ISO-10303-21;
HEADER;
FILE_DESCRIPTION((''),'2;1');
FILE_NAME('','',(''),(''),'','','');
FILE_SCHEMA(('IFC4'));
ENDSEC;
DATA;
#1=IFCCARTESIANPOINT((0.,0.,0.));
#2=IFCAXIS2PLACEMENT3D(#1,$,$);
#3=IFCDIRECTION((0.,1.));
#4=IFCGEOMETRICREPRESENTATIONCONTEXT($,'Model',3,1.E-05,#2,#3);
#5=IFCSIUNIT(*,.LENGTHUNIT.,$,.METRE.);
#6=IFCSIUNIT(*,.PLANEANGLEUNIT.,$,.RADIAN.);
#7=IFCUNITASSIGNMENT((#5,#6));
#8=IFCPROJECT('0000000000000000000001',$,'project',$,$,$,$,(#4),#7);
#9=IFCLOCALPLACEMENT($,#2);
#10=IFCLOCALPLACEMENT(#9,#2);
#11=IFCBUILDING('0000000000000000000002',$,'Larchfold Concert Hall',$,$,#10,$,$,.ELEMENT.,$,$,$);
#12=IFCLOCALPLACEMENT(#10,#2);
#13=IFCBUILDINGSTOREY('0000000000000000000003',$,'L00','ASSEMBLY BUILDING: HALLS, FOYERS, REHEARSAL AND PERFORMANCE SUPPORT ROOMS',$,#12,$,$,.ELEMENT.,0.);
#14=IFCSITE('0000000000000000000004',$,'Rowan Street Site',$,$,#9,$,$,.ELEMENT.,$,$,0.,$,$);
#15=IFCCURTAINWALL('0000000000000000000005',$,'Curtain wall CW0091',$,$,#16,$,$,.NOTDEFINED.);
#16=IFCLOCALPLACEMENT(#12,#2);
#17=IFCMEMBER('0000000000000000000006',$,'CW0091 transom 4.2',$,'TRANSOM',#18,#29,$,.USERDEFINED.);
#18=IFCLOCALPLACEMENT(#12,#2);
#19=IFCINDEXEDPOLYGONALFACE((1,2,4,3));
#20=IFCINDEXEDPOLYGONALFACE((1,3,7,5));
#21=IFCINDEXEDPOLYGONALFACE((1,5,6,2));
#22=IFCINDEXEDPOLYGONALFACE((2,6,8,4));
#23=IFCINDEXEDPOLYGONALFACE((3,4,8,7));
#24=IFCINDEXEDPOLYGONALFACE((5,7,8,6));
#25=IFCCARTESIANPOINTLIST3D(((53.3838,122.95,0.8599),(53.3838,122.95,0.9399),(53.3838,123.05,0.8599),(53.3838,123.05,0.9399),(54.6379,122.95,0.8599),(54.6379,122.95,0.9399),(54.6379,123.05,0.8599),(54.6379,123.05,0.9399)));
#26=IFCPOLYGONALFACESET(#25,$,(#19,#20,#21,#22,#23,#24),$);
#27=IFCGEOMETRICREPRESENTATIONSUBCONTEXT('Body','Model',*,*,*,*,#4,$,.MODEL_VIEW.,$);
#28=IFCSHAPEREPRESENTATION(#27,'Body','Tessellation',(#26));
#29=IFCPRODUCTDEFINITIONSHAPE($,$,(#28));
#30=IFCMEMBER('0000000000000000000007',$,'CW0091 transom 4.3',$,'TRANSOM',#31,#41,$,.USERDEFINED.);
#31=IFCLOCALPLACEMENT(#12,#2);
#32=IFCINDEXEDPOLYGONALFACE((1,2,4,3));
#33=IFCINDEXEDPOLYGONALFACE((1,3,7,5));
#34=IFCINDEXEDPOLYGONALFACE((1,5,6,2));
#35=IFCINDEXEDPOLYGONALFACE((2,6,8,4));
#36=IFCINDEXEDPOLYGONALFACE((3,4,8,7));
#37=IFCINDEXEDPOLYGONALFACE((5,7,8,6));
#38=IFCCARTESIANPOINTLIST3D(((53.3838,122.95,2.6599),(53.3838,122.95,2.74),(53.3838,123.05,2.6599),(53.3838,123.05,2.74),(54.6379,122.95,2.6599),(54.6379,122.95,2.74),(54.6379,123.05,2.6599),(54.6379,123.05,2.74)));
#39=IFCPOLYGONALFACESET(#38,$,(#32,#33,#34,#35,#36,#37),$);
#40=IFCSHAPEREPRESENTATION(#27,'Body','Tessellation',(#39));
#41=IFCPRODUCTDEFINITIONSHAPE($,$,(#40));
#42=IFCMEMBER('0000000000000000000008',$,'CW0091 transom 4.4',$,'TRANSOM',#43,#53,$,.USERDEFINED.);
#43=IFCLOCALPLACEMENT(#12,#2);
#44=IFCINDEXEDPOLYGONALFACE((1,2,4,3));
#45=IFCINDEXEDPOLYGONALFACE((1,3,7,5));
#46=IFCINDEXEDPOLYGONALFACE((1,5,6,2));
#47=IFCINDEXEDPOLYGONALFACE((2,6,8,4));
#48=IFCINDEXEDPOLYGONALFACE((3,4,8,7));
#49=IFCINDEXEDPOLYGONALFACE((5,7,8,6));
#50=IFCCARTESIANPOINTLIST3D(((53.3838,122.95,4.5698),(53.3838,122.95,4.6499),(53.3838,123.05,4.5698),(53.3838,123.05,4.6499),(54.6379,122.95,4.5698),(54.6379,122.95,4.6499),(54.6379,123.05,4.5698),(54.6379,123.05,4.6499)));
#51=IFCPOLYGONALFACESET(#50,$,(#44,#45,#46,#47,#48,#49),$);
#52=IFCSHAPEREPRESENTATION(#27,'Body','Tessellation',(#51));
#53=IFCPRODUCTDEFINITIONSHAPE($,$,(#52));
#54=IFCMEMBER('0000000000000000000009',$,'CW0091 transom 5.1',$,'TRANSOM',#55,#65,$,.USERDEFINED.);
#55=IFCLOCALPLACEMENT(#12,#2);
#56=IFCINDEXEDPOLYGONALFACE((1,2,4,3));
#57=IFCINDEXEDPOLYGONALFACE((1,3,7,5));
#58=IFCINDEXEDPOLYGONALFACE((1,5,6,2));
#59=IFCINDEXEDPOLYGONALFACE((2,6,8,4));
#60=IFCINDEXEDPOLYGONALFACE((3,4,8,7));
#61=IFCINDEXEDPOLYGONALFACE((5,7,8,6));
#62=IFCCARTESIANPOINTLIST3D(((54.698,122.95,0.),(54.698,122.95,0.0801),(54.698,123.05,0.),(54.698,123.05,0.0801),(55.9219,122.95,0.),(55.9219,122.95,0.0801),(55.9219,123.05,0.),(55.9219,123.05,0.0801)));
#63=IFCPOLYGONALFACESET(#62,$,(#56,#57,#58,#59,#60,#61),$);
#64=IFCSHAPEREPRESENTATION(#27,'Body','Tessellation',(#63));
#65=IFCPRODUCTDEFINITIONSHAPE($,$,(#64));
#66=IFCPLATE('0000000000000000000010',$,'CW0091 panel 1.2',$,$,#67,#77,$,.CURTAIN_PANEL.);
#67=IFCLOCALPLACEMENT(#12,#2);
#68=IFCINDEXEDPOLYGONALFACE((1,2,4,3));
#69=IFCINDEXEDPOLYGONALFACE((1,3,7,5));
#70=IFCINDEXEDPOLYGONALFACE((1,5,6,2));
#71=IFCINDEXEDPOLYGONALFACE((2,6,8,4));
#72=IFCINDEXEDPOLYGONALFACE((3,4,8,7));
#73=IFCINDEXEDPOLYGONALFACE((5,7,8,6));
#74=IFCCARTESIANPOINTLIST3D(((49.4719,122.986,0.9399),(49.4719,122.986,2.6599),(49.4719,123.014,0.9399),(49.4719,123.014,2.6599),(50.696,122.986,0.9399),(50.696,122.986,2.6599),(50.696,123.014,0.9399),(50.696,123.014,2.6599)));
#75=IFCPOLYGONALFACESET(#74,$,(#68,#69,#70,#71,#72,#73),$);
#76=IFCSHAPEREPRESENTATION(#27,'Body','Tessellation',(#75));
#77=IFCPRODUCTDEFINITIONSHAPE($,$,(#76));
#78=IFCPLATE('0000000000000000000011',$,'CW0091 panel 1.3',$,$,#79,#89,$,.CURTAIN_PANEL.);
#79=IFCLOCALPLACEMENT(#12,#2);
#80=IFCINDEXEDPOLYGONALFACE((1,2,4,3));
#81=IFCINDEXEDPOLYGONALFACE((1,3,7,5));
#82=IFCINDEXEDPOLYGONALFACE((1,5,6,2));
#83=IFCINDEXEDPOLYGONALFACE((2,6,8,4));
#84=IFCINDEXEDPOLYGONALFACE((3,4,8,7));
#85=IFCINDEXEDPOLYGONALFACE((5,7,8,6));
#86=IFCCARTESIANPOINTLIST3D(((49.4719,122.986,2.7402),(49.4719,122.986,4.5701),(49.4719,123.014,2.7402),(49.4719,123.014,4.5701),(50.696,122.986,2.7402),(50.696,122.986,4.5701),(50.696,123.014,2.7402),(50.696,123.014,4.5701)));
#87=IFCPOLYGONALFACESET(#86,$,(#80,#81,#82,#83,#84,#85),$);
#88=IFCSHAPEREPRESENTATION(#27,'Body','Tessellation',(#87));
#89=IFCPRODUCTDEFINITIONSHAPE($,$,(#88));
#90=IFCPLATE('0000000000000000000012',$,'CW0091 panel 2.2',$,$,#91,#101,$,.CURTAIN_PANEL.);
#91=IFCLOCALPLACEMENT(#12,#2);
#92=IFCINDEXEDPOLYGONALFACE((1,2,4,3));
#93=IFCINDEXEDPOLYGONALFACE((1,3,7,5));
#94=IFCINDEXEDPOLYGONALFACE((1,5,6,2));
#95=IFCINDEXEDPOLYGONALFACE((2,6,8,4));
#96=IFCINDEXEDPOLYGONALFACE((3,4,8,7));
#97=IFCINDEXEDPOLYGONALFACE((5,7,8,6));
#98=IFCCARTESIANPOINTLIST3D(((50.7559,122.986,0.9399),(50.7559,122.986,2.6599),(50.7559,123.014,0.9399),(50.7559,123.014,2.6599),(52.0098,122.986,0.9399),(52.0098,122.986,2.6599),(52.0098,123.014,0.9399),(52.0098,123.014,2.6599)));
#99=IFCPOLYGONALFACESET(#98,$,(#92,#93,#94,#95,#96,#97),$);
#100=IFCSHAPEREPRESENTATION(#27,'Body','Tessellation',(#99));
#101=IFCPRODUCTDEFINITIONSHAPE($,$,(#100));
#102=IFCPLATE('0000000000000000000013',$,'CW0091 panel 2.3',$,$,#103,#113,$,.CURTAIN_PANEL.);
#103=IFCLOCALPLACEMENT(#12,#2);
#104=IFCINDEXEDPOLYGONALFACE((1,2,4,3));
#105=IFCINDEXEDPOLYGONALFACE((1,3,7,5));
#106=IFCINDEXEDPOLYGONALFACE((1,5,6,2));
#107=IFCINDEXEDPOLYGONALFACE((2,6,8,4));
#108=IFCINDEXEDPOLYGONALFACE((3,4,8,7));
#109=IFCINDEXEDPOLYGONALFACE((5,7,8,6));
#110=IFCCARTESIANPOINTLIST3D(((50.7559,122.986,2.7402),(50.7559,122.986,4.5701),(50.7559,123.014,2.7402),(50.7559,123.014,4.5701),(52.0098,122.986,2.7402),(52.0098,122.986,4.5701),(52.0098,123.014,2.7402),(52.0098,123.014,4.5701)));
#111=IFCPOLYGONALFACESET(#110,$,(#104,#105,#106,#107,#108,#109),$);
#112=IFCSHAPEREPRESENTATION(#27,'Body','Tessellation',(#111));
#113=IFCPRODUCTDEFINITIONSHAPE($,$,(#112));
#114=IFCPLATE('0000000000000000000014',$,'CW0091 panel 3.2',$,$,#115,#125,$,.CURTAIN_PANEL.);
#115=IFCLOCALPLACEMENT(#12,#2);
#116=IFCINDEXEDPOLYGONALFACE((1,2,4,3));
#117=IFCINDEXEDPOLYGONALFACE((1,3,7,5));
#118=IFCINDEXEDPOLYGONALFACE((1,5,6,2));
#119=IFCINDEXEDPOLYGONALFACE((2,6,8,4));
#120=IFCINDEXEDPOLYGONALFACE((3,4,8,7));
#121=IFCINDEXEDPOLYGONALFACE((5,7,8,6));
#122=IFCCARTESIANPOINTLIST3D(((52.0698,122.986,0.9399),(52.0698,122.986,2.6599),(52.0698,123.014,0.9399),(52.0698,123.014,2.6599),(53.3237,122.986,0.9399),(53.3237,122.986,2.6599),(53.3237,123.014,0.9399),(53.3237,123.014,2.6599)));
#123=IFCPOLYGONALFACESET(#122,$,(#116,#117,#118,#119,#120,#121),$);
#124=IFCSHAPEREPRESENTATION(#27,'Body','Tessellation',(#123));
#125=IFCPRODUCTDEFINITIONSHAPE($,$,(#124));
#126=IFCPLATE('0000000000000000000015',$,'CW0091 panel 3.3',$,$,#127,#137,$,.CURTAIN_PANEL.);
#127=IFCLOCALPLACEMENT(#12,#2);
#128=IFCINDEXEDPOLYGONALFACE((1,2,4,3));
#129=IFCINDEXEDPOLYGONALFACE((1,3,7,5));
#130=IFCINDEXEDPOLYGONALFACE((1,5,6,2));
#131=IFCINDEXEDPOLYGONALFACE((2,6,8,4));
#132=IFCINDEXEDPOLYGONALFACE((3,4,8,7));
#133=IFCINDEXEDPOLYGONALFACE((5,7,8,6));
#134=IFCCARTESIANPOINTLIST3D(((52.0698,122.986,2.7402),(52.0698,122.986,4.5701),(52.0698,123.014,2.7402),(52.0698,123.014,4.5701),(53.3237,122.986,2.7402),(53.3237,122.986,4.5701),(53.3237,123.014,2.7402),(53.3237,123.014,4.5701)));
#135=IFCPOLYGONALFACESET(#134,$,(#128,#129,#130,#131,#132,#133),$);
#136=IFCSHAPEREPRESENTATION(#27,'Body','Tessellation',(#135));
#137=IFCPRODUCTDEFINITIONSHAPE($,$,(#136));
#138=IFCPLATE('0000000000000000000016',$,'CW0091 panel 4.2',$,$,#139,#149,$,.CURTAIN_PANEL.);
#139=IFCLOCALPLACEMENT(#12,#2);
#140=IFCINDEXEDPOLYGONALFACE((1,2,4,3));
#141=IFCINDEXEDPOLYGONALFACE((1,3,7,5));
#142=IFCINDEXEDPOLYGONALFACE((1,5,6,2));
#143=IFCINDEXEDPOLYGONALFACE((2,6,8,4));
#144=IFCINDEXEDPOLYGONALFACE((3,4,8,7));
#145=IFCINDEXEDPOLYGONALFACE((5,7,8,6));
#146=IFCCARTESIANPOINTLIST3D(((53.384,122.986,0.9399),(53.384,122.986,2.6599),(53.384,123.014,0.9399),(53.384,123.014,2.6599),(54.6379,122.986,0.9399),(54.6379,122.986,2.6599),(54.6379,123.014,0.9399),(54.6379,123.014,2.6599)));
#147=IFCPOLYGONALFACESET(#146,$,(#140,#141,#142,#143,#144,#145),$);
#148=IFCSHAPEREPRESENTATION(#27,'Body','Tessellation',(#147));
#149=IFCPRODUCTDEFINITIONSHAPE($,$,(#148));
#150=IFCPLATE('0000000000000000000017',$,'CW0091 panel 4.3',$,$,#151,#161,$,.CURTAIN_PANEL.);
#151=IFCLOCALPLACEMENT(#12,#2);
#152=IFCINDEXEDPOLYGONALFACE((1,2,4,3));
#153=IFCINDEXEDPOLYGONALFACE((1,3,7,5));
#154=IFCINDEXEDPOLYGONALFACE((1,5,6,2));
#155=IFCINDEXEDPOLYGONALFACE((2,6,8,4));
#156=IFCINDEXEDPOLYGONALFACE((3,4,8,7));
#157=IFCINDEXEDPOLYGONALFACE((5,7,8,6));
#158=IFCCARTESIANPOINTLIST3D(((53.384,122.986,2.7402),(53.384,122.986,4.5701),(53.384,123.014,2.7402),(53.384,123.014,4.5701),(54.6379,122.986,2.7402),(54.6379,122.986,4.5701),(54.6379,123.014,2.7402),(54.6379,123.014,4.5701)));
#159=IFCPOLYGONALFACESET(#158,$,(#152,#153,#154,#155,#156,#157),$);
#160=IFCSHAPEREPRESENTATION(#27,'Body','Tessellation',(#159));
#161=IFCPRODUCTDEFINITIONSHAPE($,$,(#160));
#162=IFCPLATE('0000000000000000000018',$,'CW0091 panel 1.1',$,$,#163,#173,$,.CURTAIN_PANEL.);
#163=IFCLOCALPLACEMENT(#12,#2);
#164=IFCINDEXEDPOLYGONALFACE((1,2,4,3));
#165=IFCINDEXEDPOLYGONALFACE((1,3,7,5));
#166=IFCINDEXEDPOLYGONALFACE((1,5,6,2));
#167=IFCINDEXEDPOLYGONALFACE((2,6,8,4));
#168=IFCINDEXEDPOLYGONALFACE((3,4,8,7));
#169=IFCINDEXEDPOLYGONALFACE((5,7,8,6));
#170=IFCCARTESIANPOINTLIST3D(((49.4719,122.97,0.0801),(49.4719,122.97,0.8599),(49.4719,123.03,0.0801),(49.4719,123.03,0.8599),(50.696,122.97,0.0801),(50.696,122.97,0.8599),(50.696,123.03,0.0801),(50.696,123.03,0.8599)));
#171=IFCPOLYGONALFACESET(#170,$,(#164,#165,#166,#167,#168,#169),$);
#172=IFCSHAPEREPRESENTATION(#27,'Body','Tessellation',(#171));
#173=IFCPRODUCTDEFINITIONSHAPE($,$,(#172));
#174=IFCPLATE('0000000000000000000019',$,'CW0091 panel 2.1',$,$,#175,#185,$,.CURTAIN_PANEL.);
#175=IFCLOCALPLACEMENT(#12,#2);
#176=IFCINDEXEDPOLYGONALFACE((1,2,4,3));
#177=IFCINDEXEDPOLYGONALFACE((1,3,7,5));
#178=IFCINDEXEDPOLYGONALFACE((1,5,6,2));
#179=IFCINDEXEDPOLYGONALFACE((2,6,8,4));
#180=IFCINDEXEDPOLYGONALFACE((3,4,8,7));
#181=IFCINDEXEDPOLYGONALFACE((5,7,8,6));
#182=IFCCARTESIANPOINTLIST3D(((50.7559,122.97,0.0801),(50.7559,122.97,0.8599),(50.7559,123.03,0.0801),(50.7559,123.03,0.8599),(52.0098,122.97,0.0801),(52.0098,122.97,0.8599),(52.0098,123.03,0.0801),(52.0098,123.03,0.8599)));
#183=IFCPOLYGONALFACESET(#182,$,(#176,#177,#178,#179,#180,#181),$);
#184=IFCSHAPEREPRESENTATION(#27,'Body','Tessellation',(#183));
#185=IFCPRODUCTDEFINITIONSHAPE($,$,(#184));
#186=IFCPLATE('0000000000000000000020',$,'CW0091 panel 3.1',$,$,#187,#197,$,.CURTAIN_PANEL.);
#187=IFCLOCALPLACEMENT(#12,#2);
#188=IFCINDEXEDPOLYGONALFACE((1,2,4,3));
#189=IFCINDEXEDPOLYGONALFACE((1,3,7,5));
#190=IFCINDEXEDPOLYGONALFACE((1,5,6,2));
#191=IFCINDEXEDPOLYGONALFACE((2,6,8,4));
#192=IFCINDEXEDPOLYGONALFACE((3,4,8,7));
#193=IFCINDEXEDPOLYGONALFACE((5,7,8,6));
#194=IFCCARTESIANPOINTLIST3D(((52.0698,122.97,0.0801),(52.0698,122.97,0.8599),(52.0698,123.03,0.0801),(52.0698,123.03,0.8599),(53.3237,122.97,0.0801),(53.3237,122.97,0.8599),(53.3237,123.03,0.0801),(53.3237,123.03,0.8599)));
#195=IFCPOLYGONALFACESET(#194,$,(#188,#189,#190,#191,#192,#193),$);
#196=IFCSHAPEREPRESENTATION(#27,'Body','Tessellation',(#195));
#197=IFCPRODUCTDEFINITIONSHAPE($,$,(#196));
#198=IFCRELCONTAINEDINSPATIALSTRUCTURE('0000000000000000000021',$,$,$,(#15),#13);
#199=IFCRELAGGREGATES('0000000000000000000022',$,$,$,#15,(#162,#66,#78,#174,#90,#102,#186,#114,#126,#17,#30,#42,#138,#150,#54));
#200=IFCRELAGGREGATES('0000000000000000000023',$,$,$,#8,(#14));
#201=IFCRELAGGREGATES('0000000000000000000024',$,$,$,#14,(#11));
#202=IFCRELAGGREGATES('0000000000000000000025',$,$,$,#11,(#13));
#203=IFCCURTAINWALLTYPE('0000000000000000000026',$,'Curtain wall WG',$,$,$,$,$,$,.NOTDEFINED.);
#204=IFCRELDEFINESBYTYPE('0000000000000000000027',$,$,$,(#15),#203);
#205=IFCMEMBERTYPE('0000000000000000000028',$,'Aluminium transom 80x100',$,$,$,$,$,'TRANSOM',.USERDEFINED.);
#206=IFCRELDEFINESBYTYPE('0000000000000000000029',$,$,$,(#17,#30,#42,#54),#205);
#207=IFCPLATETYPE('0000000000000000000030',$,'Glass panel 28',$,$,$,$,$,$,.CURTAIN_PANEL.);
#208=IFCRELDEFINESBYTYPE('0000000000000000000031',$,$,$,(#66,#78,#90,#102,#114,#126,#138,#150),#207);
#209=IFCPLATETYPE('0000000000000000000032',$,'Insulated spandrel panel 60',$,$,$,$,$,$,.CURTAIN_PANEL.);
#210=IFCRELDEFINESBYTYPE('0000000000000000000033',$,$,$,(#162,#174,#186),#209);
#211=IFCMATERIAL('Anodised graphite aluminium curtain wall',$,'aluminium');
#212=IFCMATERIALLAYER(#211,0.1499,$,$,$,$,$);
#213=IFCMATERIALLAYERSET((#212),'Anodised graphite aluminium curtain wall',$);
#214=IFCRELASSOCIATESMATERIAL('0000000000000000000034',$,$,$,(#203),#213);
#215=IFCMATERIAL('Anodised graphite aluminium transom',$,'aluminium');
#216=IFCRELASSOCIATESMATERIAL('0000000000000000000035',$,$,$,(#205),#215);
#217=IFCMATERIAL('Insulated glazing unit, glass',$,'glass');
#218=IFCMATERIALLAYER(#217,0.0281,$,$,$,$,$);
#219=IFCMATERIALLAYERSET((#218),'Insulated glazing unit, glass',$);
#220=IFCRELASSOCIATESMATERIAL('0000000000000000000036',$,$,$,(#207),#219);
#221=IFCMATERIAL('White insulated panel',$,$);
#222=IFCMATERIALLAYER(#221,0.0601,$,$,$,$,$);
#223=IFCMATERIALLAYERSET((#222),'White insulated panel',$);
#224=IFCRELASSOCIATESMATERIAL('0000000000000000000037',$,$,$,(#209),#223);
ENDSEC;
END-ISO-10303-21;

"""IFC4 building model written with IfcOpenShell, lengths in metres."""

from ifc_helpers import new_model, si_unit, direction, frame, origin, origin_2d, place, context, subcontext, project, spatial, rectangle, extrude, material, layer, layer_set, material_profile, profile_set, type_object, element, aggregate, save


model = new_model("IFC4")

# Units and contexts
model_context = context("Model", 3, precision=1e-05, world=origin(), true_north=direction((0.0, 1.0)))
body_context = subcontext(model_context, "Body", "Model", "MODEL_VIEW")
ifc_project = project(units=[si_unit("LENGTHUNIT", "METRE"), si_unit("PLANEANGLEUNIT", "RADIAN")], contexts=[model_context])

# Site, building, storey
site_placement = place(None, origin())
site = spatial("IfcSite", under=ifc_project, at=site_placement, Name="Rowan Street Site", CompositionType="ELEMENT", RefElevation=0.0)
building_placement = place(site_placement, origin())
building = spatial("IfcBuilding", under=site, at=building_placement, Name="Larchfold Concert Hall", CompositionType="ELEMENT")
storey_placement = place(building_placement, origin())
storey = spatial("IfcBuildingStorey", under=building, at=storey_placement, Name="L00", Description="ASSEMBLY BUILDING: HALLS, FOYERS, REHEARSAL AND PERFORMANCE SUPPORT ROOMS", CompositionType="ELEMENT", Elevation=0.0)

# Curtain wall, members, plates
ifc_material_1 = material(Name="Anodised graphite aluminium curtain wall", Category="aluminium")
ifc_layer_1 = layer(ifc_material_1, 0.1499)
ifc_layer_set_1 = layer_set([ifc_layer_1], Name="Anodised graphite aluminium curtain wall")
curtain_wall_type = type_object("IfcCurtainWallType", Name="Curtain wall WG", PredefinedType="NOTDEFINED", material=ifc_layer_set_1)
curtain_wall_placement = place(storey_placement, origin())
curtain_wall = element("IfcCurtainWall", 1, at=curtain_wall_placement, inside=storey, type_object=curtain_wall_type, Name="Curtain wall CW0091", PredefinedType="NOTDEFINED")
ifc_material_2 = material(Name="Anodised graphite aluminium transom", Category="aluminium")
ifc_material_profile_1 = material_profile(ifc_material_2, rectangle(XDim=0.1001, YDim=0.0801, at=origin_2d()))
ifc_profile_set_1 = profile_set([ifc_material_profile_1], Name="Anodised graphite aluminium transom")
member_type_1 = type_object("IfcMemberType", Name="Aluminium transom 80x100", ElementType="TRANSOM", PredefinedType="USERDEFINED", material=ifc_profile_set_1)
member_1_placement = place(storey_placement, frame((53.3838, 123.0, 0.8999), z_axis=(1.0, 0.0, 0.0), x_axis=(0.0, 1.0, 0.0)))
member_1 = element("IfcMember", 2, at=member_1_placement, type_object=member_type_1, Name="CW0091 transom 4.2", ObjectType="TRANSOM", PredefinedType="USERDEFINED", context=body_context, shape_type="SweptSolid", body=[
    extrude(rectangle(XDim=0.1001, YDim=0.0801, at=origin_2d()), origin(), (0.0, 0.0, 1.0), 1.2542),
])
member_2_placement = place(storey_placement, frame((53.3838, 123.0, 2.7), z_axis=(1.0, 0.0, 0.0), x_axis=(0.0, 1.0, 0.0)))
member_2 = element("IfcMember", 3, at=member_2_placement, type_object=member_type_1, Name="CW0091 transom 4.3", ObjectType="TRANSOM", PredefinedType="USERDEFINED", context=body_context, shape_type="SweptSolid", body=[
    extrude(rectangle(XDim=0.1001, YDim=0.0801, at=origin_2d()), origin(), (0.0, 0.0, 1.0), 1.2542),
])
member_3_placement = place(storey_placement, frame((53.3838, 123.0, 4.6099), z_axis=(1.0, 0.0, 0.0), x_axis=(0.0, 1.0, 0.0)))
member_3 = element("IfcMember", 4, at=member_3_placement, type_object=member_type_1, Name="CW0091 transom 4.4", ObjectType="TRANSOM", PredefinedType="USERDEFINED", context=body_context, shape_type="SweptSolid", body=[
    extrude(rectangle(XDim=0.1001, YDim=0.0801, at=origin_2d()), origin(), (0.0, 0.0, 1.0), 1.2542),
])
member_4_placement = place(storey_placement, frame((54.698, 123.0, 0.04), z_axis=(1.0, 0.0, 0.0), x_axis=(0.0, 1.0, 0.0)))
member_4 = element("IfcMember", 5, at=member_4_placement, type_object=member_type_1, Name="CW0091 transom 5.1", ObjectType="TRANSOM", PredefinedType="USERDEFINED", context=body_context, shape_type="SweptSolid", body=[
    extrude(rectangle(XDim=0.1001, YDim=0.0801, at=origin_2d()), origin(), (0.0, 0.0, 1.0), 1.2239),
])
ifc_material_3 = material(Name="Insulated glazing unit, glass", Category="glass")
ifc_layer_2 = layer(ifc_material_3, 0.0281)
ifc_layer_set_2 = layer_set([ifc_layer_2], Name="Insulated glazing unit, glass")
plate_type_1 = type_object("IfcPlateType", Name="Glass panel 28", PredefinedType="CURTAIN_PANEL", material=ifc_layer_set_2)
plate_1_placement = place(storey_placement, frame((50.084, 123.0, 0.9399), z_axis=(0.0, 0.0, 1.0), x_axis=(1.0, 0.0, 0.0)))
plate_1 = element("IfcPlate", 6, at=plate_1_placement, type_object=plate_type_1, Name="CW0091 panel 1.2", PredefinedType="CURTAIN_PANEL", context=body_context, shape_type="SweptSolid", body=[
    extrude(rectangle(XDim=1.2241, YDim=0.0281, at=origin_2d()), origin(), (0.0, 0.0, 1.0), 1.72),
])
plate_2_placement = place(storey_placement, frame((50.084, 123.0, 2.7402), z_axis=(0.0, 0.0, 1.0), x_axis=(1.0, 0.0, 0.0)))
plate_2 = element("IfcPlate", 7, at=plate_2_placement, type_object=plate_type_1, Name="CW0091 panel 1.3", PredefinedType="CURTAIN_PANEL", context=body_context, shape_type="SweptSolid", body=[
    extrude(rectangle(XDim=1.2241, YDim=0.0281, at=origin_2d()), origin(), (0.0, 0.0, 1.0), 1.8298),
])
plate_3_placement = place(storey_placement, frame((51.3828, 123.0, 0.9399), z_axis=(0.0, 0.0, 1.0), x_axis=(1.0, 0.0, 0.0)))
plate_3 = element("IfcPlate", 8, at=plate_3_placement, type_object=plate_type_1, Name="CW0091 panel 2.2", PredefinedType="CURTAIN_PANEL", context=body_context, shape_type="SweptSolid", body=[
    extrude(rectangle(XDim=1.2539, YDim=0.0281, at=origin_2d()), origin(), (0.0, 0.0, 1.0), 1.72),
])
plate_4_placement = place(storey_placement, frame((51.3828, 123.0, 2.7402), z_axis=(0.0, 0.0, 1.0), x_axis=(1.0, 0.0, 0.0)))
plate_4 = element("IfcPlate", 9, at=plate_4_placement, type_object=plate_type_1, Name="CW0091 panel 2.3", PredefinedType="CURTAIN_PANEL", context=body_context, shape_type="SweptSolid", body=[
    extrude(rectangle(XDim=1.2539, YDim=0.0281, at=origin_2d()), origin(), (0.0, 0.0, 1.0), 1.8298),
])
plate_5_placement = place(storey_placement, frame((52.6968, 123.0, 0.9399), z_axis=(0.0, 0.0, 1.0), x_axis=(1.0, 0.0, 0.0)))
plate_5 = element("IfcPlate", 10, at=plate_5_placement, type_object=plate_type_1, Name="CW0091 panel 3.2", PredefinedType="CURTAIN_PANEL", context=body_context, shape_type="SweptSolid", body=[
    extrude(rectangle(XDim=1.2539, YDim=0.0281, at=origin_2d()), origin(), (0.0, 0.0, 1.0), 1.72),
])
plate_6_placement = place(storey_placement, frame((52.6968, 123.0, 2.7402), z_axis=(0.0, 0.0, 1.0), x_axis=(1.0, 0.0, 0.0)))
plate_6 = element("IfcPlate", 11, at=plate_6_placement, type_object=plate_type_1, Name="CW0091 panel 3.3", PredefinedType="CURTAIN_PANEL", context=body_context, shape_type="SweptSolid", body=[
    extrude(rectangle(XDim=1.2539, YDim=0.0281, at=origin_2d()), origin(), (0.0, 0.0, 1.0), 1.8298),
])
plate_7_placement = place(storey_placement, frame((54.011, 123.0, 0.9399), z_axis=(0.0, 0.0, 1.0), x_axis=(1.0, 0.0, 0.0)))
plate_7 = element("IfcPlate", 12, at=plate_7_placement, type_object=plate_type_1, Name="CW0091 panel 4.2", PredefinedType="CURTAIN_PANEL", context=body_context, shape_type="SweptSolid", body=[
    extrude(rectangle(XDim=1.2539, YDim=0.0281, at=origin_2d()), origin(), (0.0, 0.0, 1.0), 1.72),
])
plate_8_placement = place(storey_placement, frame((54.011, 123.0, 2.7402), z_axis=(0.0, 0.0, 1.0), x_axis=(1.0, 0.0, 0.0)))
plate_8 = element("IfcPlate", 13, at=plate_8_placement, type_object=plate_type_1, Name="CW0091 panel 4.3", PredefinedType="CURTAIN_PANEL", context=body_context, shape_type="SweptSolid", body=[
    extrude(rectangle(XDim=1.2539, YDim=0.0281, at=origin_2d()), origin(), (0.0, 0.0, 1.0), 1.8298),
])
ifc_material_4 = material(Name="White insulated panel")
ifc_layer_3 = layer(ifc_material_4, 0.0601)
ifc_layer_set_3 = layer_set([ifc_layer_3], Name="White insulated panel")
plate_type_2 = type_object("IfcPlateType", Name="Insulated spandrel panel 60", PredefinedType="CURTAIN_PANEL", material=ifc_layer_set_3)
plate_9_placement = place(storey_placement, frame((50.084, 123.0, 0.0801), z_axis=(0.0, 0.0, 1.0), x_axis=(1.0, 0.0, 0.0)))
plate_9 = element("IfcPlate", 14, at=plate_9_placement, type_object=plate_type_2, Name="CW0091 panel 1.1", PredefinedType="CURTAIN_PANEL", context=body_context, shape_type="SweptSolid", body=[
    extrude(rectangle(XDim=1.2241, YDim=0.0601, at=origin_2d()), origin(), (0.0, 0.0, 1.0), 0.7798),
])
plate_10_placement = place(storey_placement, frame((51.3828, 123.0, 0.0801), z_axis=(0.0, 0.0, 1.0), x_axis=(1.0, 0.0, 0.0)))
plate_10 = element("IfcPlate", 15, at=plate_10_placement, type_object=plate_type_2, Name="CW0091 panel 2.1", PredefinedType="CURTAIN_PANEL", context=body_context, shape_type="SweptSolid", body=[
    extrude(rectangle(XDim=1.2539, YDim=0.0601, at=origin_2d()), origin(), (0.0, 0.0, 1.0), 0.7798),
])
plate_11_placement = place(storey_placement, frame((52.6968, 123.0, 0.0801), z_axis=(0.0, 0.0, 1.0), x_axis=(1.0, 0.0, 0.0)))
plate_11 = element("IfcPlate", 16, at=plate_11_placement, type_object=plate_type_2, Name="CW0091 panel 3.1", PredefinedType="CURTAIN_PANEL", context=body_context, shape_type="SweptSolid", body=[
    extrude(rectangle(XDim=1.2539, YDim=0.0601, at=origin_2d()), origin(), (0.0, 0.0, 1.0), 0.7798),
])
aggregate(curtain_wall, [plate_9, plate_1, plate_2, plate_10, plate_3, plate_4, plate_11, plate_5, plate_6, member_1, member_2, member_3, plate_7, plate_8, member_4])

save(model, "model.ifc")
